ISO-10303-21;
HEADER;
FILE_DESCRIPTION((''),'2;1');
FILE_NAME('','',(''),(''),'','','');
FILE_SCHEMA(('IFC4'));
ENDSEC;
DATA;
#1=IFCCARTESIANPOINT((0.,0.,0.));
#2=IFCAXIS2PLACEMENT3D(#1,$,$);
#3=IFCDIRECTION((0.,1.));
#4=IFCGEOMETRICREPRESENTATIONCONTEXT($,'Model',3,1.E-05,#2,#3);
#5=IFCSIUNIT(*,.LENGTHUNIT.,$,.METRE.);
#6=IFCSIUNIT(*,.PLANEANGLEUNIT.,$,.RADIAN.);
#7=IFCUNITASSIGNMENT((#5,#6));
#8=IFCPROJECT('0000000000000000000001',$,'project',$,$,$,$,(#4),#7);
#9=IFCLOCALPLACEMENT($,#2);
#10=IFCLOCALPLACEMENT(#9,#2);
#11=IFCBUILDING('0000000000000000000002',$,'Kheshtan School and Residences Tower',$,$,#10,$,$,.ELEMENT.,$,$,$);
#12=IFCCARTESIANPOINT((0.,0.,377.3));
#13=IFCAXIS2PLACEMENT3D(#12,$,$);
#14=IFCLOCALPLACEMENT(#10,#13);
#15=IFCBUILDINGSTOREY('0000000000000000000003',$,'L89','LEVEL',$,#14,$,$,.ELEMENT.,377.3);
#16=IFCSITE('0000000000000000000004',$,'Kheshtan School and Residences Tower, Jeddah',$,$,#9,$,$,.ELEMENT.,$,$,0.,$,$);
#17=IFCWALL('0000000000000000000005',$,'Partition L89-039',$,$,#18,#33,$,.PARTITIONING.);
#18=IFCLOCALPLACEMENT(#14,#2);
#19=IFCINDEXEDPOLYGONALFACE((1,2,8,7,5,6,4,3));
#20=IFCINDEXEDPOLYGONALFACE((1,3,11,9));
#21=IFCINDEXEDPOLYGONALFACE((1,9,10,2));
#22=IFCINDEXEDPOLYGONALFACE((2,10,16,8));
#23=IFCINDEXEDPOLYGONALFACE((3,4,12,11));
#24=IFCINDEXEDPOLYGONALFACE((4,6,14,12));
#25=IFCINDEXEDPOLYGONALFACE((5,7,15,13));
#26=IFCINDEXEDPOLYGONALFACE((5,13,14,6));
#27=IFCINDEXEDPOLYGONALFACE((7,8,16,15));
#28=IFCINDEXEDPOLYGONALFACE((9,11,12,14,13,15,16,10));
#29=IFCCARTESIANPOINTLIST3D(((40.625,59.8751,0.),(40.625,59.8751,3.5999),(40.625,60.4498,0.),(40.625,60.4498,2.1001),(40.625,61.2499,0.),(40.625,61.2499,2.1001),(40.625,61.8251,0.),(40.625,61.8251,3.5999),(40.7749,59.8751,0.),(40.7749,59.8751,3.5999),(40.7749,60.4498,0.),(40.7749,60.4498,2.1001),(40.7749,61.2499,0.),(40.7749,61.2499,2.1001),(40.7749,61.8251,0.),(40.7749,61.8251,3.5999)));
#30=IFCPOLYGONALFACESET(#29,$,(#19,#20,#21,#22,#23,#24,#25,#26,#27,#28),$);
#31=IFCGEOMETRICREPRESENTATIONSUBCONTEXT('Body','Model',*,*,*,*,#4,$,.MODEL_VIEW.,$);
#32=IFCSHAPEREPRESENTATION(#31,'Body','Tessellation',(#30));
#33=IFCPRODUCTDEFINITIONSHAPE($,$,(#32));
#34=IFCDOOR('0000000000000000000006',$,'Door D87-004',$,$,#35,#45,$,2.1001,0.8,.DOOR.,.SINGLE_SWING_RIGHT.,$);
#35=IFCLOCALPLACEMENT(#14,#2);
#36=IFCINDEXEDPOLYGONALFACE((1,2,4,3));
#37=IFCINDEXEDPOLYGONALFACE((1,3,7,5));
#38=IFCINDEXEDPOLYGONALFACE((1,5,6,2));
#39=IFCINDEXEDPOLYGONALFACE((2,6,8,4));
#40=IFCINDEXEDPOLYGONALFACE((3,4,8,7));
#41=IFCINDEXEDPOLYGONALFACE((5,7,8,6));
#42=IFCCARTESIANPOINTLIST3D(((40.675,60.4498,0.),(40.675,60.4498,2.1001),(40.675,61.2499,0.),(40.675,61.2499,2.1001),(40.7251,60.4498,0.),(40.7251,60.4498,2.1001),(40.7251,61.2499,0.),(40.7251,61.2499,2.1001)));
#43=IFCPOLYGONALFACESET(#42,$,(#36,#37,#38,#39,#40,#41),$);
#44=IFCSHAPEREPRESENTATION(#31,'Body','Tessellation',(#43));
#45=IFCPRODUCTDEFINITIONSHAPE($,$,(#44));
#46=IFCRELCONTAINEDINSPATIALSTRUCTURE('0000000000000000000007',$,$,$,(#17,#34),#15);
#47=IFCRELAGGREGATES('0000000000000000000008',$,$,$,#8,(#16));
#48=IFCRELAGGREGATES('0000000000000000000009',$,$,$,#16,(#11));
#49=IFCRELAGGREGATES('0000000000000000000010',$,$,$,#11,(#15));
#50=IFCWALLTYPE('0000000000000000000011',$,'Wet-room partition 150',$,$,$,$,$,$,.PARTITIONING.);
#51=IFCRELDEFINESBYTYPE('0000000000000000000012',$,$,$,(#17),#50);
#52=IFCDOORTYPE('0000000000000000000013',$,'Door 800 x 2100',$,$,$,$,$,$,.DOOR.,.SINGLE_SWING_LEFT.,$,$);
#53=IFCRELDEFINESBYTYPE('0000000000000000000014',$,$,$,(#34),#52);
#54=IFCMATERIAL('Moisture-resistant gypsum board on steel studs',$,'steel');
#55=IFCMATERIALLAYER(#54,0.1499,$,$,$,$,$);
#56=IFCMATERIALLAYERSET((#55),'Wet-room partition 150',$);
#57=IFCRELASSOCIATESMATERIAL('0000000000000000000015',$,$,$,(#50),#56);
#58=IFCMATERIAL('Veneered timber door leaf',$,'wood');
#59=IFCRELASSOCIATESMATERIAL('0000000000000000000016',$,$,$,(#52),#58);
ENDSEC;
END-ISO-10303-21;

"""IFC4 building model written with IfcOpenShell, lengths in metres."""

from ifc_helpers import new_model, si_unit, direction, frame, frame_2d, origin, place, context, subcontext, project, spatial, rectangle, extrude, source, transform, mapped, material, layer, layer_set, type_object, element, fill, save


model = new_model("IFC4")

# Units and contexts
model_context = context("Model", 3, precision=1e-05, world=origin(), true_north=direction((0.0, 1.0)))
body_context = subcontext(model_context, "Body", "Model", "MODEL_VIEW")
ifc_project = project(units=[si_unit("LENGTHUNIT", "METRE"), si_unit("PLANEANGLEUNIT", "RADIAN")], contexts=[model_context])

# Site, building, storey
site_placement = place(None, origin())
site = spatial("IfcSite", under=ifc_project, at=site_placement, Name="Kheshtan School and Residences Tower, Jeddah", CompositionType="ELEMENT", RefElevation=0.0)
building_placement = place(site_placement, origin())
building = spatial("IfcBuilding", under=site, at=building_placement, Name="Kheshtan School and Residences Tower", CompositionType="ELEMENT")
storey_placement = place(building_placement, frame((0.0, 0.0, 377.3)))
storey = spatial("IfcBuildingStorey", under=building, at=storey_placement, Name="L89", Description="LEVEL", CompositionType="ELEMENT", Elevation=377.3)

# Shared definitions
ifc_material_1 = material(Name="Moisture-resistant gypsum board on steel studs", Category="steel")
ifc_layer_1 = layer(ifc_material_1, 0.1499)
ifc_layer_set_1 = layer_set([ifc_layer_1], Name="Wet-room partition 150")
wall_type_1 = type_object("IfcWallType", Name="Wet-room partition 150", PredefinedType="PARTITIONING", material=ifc_layer_set_1)

# Wall, opening, door
wall_1_placement = place(storey_placement, frame((40.7, 59.875, 0.0), z_axis=(0.0, 0.0, 1.0), x_axis=(0.0, 1.0, 0.0)))
wall_1 = element("IfcWall", 1, at=wall_1_placement, inside=storey, type_object=wall_type_1, Name="Partition L89-039", PredefinedType="PARTITIONING", context=body_context, shape_type="SweptSolid", body=[
    extrude(rectangle(XDim=1.95, YDim=0.1499, at=frame_2d((0.9751, 0.0))), origin(), (0.0, 0.0, 1.0), 3.5999),
])
opening_1_placement = place(wall_1_placement, frame((0.575, 0.0, 0.0)))
opening_1 = element("IfcOpeningElement", 2, at=opening_1_placement, cuts=wall_1, PredefinedType="OPENING", context=body_context, shape_type="SweptSolid", body=[
    extrude(rectangle(XDim=0.8, YDim=2.1001, at=frame_2d((0.3999, 1.05))), frame((0.0, 0.085, 0.0), z_axis=(0.0, -1.0, 0.0), x_axis=(1.0, 0.0, 0.0)), (0.0, 0.0, 1.0), 0.1699),
])
ifc_material_2 = material(Name="Veneered timber door leaf", Category="wood")
door_type_1 = type_object("IfcDoorType", Name="Door 800 x 2100", OperationType="SINGLE_SWING_LEFT", PredefinedType="DOOR", material=ifc_material_2)
shared_shape_1 = source(origin(), body_context, "Body", "SweptSolid", [
    extrude(rectangle(XDim=0.8, YDim=2.1001, at=frame_2d((0.3999, 1.05))), frame((0.0, 0.0249, 0.0), z_axis=(0.0, -1.0, 0.0), x_axis=(1.0, 0.0, 0.0)), (0.0, 0.0, 1.0), 0.05),
])
door_1_placement = place(opening_1_placement, origin())
door_1 = element("IfcDoor", 3, at=door_1_placement, inside=storey, type_object=door_type_1, Name="Door D87-004", OperationType="SINGLE_SWING_RIGHT", OverallHeight=2.1001, OverallWidth=0.8, PredefinedType="DOOR", context=body_context, shape_type="MappedRepresentation", body=[
    mapped(shared_shape_1, transform((0.0, 0.0, 0.0), x_axis=(1.0, 0.0, 0.0), y_axis=(0.0, 1.0, 0.0), z_axis=(0.0, 0.0, 1.0), scale=1.0)),
])
fill(opening_1, door_1)

save(model, "model.ifc")
